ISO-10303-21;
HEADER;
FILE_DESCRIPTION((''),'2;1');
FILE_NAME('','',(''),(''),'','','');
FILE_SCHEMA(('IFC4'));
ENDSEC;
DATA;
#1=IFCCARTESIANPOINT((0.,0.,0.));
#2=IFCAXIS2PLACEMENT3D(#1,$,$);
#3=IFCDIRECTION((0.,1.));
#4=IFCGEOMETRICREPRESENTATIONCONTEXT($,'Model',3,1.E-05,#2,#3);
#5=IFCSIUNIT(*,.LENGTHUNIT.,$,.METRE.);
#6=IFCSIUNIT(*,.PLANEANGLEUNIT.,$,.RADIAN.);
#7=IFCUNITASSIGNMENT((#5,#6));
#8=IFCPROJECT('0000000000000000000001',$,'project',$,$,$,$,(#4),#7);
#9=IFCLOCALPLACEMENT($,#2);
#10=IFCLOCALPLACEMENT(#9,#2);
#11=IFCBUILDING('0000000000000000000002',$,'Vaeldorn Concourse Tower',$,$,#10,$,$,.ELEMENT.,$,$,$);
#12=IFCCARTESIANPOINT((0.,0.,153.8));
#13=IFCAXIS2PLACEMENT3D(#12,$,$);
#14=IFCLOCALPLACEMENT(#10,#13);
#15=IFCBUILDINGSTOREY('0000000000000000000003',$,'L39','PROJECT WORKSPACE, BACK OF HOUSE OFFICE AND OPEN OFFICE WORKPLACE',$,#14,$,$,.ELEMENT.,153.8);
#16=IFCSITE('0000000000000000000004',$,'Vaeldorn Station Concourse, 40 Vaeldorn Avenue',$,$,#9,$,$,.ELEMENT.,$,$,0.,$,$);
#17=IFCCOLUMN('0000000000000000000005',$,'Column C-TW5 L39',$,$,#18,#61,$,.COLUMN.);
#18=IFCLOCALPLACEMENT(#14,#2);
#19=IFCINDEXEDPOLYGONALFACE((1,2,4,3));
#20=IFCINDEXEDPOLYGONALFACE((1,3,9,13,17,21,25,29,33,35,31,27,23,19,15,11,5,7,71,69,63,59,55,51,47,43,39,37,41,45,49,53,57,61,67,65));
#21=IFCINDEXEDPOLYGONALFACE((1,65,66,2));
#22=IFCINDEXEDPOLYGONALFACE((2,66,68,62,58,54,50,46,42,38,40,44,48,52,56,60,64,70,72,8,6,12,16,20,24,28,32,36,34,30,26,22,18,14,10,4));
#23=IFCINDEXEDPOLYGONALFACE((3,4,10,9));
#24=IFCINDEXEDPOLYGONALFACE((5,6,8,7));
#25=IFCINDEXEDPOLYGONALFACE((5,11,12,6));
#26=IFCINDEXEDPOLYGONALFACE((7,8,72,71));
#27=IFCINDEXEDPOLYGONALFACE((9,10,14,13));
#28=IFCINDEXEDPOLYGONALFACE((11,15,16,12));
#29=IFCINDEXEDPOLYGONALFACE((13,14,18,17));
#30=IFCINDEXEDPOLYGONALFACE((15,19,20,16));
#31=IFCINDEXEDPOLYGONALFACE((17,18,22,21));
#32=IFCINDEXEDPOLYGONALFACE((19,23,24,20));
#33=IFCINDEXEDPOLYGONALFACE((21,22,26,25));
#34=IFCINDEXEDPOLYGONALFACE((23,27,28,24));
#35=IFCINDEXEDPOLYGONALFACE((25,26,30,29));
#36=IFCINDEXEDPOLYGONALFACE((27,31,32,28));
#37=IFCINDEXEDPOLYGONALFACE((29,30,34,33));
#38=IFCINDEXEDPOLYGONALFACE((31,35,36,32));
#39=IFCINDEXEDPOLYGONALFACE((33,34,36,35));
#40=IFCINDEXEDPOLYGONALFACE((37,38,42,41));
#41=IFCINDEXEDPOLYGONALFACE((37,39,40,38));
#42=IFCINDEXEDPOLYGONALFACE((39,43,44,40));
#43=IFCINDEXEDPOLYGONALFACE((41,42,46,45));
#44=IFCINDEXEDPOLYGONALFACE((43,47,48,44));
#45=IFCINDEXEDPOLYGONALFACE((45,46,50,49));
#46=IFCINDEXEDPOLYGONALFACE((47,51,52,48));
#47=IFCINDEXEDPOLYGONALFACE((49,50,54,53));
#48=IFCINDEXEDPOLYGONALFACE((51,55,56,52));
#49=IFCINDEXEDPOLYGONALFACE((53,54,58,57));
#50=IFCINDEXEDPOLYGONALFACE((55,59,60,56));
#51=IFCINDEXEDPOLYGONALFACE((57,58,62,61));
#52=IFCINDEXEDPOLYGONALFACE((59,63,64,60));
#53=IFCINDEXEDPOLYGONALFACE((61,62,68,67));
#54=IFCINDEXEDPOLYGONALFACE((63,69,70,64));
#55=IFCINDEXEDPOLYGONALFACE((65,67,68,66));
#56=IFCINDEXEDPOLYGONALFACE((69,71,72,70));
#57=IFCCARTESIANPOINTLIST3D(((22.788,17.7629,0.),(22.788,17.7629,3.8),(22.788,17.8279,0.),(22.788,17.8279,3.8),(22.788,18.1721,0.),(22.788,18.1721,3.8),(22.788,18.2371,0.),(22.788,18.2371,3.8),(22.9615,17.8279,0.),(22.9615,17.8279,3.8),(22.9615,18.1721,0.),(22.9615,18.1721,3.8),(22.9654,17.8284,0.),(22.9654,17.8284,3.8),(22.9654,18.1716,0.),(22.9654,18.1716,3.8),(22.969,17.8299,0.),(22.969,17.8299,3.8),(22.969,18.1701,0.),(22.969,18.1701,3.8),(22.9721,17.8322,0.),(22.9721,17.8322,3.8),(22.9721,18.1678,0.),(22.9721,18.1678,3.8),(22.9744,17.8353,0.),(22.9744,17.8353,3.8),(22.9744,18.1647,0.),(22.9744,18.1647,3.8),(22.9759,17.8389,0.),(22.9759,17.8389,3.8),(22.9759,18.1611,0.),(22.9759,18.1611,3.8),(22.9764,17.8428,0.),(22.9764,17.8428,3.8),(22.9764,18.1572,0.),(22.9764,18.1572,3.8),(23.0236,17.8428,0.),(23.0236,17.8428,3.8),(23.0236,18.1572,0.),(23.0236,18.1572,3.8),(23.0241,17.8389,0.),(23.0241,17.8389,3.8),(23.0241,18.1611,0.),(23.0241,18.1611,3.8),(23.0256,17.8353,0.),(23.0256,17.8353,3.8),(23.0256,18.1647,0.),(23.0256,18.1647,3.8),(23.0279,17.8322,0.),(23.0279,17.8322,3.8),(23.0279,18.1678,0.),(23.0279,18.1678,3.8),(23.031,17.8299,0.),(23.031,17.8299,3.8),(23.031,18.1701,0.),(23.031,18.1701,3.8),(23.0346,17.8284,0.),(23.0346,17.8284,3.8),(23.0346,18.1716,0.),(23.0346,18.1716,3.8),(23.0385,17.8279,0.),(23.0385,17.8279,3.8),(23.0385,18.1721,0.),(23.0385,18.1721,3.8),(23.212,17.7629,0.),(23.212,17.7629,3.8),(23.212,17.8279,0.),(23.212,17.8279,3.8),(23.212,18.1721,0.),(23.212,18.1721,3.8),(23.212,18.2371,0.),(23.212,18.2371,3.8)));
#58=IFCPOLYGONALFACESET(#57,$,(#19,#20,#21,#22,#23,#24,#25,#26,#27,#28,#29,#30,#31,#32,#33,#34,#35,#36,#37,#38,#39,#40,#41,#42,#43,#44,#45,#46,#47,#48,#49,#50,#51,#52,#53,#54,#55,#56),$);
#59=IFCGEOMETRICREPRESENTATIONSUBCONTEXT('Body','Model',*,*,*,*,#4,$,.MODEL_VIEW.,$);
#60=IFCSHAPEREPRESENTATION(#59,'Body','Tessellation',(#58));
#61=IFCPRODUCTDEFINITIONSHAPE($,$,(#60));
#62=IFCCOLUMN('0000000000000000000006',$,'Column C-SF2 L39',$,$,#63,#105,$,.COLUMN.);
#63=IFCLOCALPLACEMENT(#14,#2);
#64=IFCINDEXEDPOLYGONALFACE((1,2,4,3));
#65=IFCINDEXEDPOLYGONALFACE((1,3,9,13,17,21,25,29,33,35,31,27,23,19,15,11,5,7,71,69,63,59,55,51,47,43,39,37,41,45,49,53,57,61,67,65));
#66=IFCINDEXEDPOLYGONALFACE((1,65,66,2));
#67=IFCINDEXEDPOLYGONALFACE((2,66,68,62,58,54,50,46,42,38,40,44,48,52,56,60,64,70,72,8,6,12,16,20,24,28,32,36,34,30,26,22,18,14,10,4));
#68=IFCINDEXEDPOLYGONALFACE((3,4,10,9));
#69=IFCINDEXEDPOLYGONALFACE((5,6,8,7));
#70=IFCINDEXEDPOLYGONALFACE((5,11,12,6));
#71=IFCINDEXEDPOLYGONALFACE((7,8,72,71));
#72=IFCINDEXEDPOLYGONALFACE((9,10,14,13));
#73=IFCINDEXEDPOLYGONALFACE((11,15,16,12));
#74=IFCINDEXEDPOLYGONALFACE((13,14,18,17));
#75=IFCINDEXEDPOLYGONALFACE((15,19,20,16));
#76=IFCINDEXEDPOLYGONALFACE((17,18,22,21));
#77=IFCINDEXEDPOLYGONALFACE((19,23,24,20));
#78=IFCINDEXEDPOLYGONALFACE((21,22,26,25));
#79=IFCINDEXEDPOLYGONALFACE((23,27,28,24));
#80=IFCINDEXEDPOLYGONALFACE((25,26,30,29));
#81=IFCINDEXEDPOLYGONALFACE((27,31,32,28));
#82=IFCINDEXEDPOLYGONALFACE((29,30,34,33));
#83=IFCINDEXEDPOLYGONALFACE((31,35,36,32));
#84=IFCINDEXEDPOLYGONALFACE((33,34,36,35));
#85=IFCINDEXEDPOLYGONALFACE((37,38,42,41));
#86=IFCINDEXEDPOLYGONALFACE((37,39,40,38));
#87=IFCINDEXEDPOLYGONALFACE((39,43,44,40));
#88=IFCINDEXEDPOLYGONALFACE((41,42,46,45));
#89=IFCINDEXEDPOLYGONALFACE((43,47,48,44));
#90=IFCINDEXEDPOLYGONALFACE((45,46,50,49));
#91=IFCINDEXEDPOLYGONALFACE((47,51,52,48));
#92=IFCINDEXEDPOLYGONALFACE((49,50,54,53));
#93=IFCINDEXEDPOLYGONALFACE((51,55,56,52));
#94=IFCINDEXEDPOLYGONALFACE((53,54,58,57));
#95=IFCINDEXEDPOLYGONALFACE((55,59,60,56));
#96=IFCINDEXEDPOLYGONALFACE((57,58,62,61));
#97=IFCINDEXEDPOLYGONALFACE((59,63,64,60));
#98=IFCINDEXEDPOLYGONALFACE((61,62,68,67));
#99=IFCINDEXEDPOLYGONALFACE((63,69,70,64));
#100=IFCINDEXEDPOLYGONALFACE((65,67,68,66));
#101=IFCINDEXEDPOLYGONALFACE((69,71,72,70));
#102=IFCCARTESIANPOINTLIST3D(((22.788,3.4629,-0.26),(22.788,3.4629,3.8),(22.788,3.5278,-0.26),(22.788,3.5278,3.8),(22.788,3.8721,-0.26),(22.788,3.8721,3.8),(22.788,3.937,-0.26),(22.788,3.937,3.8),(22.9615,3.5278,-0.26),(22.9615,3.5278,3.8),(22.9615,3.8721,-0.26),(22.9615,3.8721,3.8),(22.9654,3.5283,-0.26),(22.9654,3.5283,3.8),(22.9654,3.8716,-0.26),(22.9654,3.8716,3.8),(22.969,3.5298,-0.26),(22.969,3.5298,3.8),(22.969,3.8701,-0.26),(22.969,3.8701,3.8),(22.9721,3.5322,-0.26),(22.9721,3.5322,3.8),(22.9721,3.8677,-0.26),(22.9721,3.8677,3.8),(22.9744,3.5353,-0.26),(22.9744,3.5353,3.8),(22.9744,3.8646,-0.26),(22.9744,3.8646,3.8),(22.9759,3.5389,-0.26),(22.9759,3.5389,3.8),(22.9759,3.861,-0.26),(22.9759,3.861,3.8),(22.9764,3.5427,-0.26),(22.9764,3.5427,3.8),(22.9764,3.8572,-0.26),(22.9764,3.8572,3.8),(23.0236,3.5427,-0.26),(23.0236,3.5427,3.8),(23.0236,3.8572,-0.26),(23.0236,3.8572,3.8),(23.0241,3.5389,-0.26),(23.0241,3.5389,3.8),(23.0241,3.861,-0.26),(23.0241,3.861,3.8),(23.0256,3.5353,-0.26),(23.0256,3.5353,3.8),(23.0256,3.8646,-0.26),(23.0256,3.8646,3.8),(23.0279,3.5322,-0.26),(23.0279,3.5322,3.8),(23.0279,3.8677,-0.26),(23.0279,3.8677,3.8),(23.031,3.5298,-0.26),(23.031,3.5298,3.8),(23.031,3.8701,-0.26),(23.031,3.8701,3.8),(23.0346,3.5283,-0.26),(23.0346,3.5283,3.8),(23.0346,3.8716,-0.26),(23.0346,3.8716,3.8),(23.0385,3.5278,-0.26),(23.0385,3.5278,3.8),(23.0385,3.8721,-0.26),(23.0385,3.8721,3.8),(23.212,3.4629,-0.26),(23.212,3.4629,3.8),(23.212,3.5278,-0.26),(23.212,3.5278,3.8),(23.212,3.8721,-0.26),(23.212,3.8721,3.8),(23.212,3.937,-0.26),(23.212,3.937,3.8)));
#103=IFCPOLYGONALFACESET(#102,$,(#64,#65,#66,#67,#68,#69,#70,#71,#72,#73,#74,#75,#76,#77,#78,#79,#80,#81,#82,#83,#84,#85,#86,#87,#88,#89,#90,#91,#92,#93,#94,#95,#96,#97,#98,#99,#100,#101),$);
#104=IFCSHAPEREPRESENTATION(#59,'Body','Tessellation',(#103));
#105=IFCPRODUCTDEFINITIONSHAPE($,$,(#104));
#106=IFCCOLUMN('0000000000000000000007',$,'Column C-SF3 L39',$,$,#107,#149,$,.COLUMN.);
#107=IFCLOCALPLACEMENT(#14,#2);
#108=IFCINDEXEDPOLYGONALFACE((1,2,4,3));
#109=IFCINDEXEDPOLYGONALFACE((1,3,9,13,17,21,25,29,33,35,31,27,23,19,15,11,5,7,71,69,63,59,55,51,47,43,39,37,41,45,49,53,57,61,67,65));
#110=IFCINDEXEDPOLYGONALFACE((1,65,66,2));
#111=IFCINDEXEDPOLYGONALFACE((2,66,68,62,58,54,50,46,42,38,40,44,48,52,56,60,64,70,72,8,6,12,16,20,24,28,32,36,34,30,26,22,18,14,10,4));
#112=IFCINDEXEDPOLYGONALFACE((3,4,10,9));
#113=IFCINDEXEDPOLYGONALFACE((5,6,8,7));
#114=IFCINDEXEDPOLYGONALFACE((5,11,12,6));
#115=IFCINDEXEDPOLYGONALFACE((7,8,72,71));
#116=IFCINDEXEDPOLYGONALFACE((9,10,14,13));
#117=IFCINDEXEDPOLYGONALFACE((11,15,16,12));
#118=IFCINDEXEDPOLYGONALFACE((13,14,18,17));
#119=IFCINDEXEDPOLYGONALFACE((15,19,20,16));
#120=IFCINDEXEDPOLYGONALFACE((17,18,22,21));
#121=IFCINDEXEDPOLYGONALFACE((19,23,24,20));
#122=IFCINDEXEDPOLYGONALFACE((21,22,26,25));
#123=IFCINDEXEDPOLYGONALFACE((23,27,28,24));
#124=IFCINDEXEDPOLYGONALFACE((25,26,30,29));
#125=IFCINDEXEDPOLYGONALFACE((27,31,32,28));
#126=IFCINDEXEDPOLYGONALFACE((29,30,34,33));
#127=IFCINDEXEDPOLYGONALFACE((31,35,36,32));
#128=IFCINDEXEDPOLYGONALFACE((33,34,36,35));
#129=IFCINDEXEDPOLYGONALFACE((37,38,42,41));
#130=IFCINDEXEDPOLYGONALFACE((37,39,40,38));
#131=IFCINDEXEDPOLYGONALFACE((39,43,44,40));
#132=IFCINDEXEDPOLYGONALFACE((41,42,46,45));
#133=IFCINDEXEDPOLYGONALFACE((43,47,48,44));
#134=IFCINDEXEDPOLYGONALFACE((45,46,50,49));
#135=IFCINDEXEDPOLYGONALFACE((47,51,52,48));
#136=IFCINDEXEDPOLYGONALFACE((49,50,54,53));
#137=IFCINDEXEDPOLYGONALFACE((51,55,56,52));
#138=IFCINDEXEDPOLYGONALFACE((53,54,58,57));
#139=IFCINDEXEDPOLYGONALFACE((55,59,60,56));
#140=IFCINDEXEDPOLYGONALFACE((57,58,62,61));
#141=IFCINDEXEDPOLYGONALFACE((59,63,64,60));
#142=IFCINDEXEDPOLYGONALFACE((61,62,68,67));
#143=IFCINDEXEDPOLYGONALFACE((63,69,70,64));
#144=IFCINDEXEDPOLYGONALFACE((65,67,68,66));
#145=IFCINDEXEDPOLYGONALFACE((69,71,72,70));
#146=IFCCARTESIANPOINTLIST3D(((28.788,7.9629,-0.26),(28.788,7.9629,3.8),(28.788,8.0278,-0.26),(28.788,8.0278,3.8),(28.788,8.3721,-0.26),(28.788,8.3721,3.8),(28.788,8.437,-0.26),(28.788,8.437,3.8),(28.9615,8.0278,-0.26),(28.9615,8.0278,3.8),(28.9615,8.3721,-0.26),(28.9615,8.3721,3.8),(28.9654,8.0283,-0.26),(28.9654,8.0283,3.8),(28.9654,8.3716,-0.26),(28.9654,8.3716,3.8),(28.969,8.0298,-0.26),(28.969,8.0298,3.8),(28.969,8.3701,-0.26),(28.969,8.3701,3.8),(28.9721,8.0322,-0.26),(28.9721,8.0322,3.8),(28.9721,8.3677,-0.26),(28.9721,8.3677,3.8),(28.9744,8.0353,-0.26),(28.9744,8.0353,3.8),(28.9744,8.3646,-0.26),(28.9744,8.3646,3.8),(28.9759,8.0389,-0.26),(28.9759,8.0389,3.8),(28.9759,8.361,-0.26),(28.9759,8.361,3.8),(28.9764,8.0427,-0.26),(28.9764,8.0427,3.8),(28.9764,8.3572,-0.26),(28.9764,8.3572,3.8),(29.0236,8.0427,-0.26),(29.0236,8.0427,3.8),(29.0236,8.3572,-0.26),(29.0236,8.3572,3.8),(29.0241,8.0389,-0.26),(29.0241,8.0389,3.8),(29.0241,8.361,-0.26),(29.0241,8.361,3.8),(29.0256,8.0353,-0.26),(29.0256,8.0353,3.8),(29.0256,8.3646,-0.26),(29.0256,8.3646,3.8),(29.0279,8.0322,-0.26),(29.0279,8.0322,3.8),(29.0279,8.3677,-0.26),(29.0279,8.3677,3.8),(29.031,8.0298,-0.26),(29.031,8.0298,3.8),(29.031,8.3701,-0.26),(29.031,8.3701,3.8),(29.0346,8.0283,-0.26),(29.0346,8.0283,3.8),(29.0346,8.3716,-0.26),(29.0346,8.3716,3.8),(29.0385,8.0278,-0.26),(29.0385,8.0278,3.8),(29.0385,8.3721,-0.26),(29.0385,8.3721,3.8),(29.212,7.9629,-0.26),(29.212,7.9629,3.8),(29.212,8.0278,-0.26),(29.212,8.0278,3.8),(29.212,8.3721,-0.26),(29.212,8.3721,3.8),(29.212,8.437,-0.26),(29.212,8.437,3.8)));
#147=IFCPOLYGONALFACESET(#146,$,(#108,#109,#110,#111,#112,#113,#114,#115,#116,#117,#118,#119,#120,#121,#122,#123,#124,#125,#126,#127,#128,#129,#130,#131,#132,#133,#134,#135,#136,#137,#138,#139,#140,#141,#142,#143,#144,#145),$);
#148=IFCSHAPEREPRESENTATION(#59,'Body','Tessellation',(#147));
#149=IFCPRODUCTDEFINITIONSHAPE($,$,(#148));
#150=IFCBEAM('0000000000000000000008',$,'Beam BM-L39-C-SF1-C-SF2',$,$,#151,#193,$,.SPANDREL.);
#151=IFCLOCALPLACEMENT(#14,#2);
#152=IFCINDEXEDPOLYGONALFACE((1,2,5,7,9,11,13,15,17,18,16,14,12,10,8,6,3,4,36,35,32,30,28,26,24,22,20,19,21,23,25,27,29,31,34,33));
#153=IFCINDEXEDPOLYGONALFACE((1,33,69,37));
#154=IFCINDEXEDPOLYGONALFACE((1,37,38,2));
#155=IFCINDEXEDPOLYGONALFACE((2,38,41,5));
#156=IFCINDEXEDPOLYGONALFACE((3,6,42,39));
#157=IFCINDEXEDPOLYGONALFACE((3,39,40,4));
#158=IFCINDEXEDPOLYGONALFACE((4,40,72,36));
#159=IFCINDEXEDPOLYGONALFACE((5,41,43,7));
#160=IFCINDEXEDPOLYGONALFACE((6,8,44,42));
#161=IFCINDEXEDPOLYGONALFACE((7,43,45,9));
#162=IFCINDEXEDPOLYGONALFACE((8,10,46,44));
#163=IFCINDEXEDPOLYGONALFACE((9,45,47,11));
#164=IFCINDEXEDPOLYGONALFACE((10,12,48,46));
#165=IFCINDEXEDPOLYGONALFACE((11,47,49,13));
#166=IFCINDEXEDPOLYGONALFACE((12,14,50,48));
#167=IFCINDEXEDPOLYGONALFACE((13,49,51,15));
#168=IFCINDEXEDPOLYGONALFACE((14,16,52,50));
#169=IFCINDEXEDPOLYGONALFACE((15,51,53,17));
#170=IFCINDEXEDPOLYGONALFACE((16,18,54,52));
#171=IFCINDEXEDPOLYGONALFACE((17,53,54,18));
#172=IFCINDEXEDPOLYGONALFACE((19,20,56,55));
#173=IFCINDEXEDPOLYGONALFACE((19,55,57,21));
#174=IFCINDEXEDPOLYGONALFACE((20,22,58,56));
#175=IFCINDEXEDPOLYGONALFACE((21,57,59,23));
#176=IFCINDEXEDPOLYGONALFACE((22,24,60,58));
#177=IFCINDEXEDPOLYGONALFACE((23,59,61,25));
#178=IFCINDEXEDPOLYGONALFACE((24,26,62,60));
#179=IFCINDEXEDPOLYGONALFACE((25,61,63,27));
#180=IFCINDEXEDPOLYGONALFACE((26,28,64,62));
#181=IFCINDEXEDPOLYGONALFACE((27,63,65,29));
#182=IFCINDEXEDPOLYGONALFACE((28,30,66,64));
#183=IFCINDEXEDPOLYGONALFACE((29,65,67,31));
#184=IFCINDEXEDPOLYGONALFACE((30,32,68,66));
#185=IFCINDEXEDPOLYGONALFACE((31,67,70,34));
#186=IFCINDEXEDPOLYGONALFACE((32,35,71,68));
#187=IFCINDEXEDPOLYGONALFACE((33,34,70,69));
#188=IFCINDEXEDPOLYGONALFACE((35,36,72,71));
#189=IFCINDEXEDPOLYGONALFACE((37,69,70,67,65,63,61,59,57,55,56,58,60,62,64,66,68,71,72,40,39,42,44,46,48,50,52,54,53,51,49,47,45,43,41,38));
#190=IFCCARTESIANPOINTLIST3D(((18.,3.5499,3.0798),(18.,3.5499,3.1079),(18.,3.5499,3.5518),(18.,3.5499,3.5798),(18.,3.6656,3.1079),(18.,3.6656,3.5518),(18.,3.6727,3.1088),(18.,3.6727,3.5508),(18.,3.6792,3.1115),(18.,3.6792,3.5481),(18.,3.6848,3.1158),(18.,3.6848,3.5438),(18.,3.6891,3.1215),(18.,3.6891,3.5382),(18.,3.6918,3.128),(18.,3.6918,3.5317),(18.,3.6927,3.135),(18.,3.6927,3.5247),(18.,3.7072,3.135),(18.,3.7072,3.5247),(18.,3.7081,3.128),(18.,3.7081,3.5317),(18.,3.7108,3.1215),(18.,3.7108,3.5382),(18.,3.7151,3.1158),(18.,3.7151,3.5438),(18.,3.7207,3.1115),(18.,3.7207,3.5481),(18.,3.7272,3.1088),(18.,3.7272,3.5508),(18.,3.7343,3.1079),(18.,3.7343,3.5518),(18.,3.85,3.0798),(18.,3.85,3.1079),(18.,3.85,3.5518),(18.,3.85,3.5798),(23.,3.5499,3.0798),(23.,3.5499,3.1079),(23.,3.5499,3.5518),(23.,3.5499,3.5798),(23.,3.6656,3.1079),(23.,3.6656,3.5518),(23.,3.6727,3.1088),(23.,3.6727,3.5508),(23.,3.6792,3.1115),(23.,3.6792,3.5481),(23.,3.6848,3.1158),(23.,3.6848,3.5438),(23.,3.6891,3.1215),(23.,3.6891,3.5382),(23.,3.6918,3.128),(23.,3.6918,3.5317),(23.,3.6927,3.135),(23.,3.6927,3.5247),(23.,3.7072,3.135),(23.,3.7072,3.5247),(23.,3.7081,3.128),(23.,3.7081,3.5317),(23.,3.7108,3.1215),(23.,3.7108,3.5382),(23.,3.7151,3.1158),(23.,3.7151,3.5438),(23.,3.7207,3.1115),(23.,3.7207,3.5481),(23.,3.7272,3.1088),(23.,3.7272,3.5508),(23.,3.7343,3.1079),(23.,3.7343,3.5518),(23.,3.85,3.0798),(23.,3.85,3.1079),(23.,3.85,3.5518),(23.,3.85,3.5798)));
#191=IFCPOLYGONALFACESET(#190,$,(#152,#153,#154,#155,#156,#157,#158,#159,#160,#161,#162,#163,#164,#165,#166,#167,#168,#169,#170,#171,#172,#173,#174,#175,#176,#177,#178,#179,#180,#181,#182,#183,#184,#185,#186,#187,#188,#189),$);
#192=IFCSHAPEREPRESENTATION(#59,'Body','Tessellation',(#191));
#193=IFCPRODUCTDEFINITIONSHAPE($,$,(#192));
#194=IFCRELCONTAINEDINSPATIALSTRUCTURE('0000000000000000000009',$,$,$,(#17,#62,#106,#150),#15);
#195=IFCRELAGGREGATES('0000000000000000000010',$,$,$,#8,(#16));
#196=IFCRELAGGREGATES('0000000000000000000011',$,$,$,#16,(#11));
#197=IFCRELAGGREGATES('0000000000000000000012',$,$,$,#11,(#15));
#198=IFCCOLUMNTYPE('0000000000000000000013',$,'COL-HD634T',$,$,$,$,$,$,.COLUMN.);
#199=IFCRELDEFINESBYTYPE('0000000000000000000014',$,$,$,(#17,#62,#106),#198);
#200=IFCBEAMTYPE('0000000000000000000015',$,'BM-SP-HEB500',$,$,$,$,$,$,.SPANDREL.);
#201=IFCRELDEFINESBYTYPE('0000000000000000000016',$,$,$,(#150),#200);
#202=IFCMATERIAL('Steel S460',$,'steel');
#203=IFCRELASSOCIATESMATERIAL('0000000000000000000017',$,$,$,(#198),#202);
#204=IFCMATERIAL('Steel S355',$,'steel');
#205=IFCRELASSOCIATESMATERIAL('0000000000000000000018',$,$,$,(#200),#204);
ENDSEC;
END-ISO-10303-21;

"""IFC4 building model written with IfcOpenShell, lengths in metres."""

from ifc_helpers import new_model, si_unit, direction, frame, origin, origin_2d, place, context, subcontext, project, spatial, i_section, extrude, source, transform, mapped, material, material_profile, profile_set, type_object, element, save


model = new_model("IFC4")

# Units and contexts
model_context = context("Model", 3, precision=1e-05, world=origin(), true_north=direction((0.0, 1.0)))
body_context = subcontext(model_context, "Body", "Model", "MODEL_VIEW")
ifc_project = project(units=[si_unit("LENGTHUNIT", "METRE"), si_unit("PLANEANGLEUNIT", "RADIAN")], contexts=[model_context])

# Site, building, storey
site_placement = place(None, origin())
site = spatial("IfcSite", under=ifc_project, at=site_placement, Name="Vaeldorn Station Concourse, 40 Vaeldorn Avenue", CompositionType="ELEMENT", RefElevation=0.0)
building_placement = place(site_placement, origin())
building = spatial("IfcBuilding", under=site, at=building_placement, Name="Vaeldorn Concourse Tower", CompositionType="ELEMENT")
storey_placement = place(building_placement, frame((0.0, 0.0, 153.8)))
storey = spatial("IfcBuildingStorey", under=building, at=storey_placement, Name="L39", Description="PROJECT WORKSPACE, BACK OF HOUSE OFFICE AND OPEN OFFICE WORKPLACE", CompositionType="ELEMENT", Elevation=153.8)

# Columns
ifc_material_1 = material(Name="Steel S460", Category="steel")
ifc_material_profile_1 = material_profile(ifc_material_1, i_section(OverallWidth=0.4241, OverallDepth=0.4741, WebThickness=0.0471, FlangeThickness=0.0649, FilletRadius=0.0149, at=origin_2d()), Name="HD 400x634")
ifc_profile_set_1 = profile_set([ifc_material_profile_1], Name="Steel S460")
column_type = type_object("IfcColumnType", Name="COL-HD634T", PredefinedType="COLUMN", material=ifc_profile_set_1)
shared_shape_1 = source(origin(), body_context, "Body", "SweptSolid", [
    extrude(i_section(OverallWidth=0.4241, OverallDepth=0.4741, WebThickness=0.0471, FlangeThickness=0.0649, FilletRadius=0.0149, at=origin_2d()), origin(), (0.0, 0.0, 1.0), 3.8),
])
column_placement = place(storey_placement, frame((23.0, 18.0, 0.0), z_axis=(0.0, 0.0, 1.0), x_axis=(1.0, 0.0, 0.0)))
element("IfcColumn", 1, at=column_placement, inside=storey, type_object=column_type, Name="Column C-TW5 L39", PredefinedType="COLUMN", context=body_context, shape_type="MappedRepresentation", body=[
    mapped(shared_shape_1, transform((0.0, 0.0, 0.0), scale=1.0)),
])
shared_shape_2 = source(origin(), body_context, "Body", "SweptSolid", [
    extrude(i_section(OverallWidth=0.4241, OverallDepth=0.4741, WebThickness=0.0471, FlangeThickness=0.0649, FilletRadius=0.0149, at=origin_2d()), origin(), (0.0, 0.0, 1.0), 4.0601),
])
for number, where, z_axis, x_axis, name in (
    (2, (23.0, 3.7, -0.26), (0.0, 0.0, 1.0), (1.0, 0.0, 0.0), "Column C-SF2 L39"),
    (3, (29.0, 8.2, -0.26), (0.0, 0.0, 1.0), (1.0, 0.0, 0.0), "Column C-SF3 L39"),
):
    element("IfcColumn", number, at=place(storey_placement, frame(where, z_axis=z_axis, x_axis=x_axis)), inside=storey, type_object=column_type, Name=name, PredefinedType="COLUMN", context=body_context, shape_type="MappedRepresentation", body=[
        mapped(shared_shape_2, transform((0.0, 0.0, 0.0), scale=1.0)),
    ])

# Beam
ifc_material_2 = material(Name="Steel S355", Category="steel")
ifc_material_profile_2 = material_profile(ifc_material_2, i_section(OverallWidth=0.3, OverallDepth=0.5, WebThickness=0.0144, FlangeThickness=0.0281, FilletRadius=0.0271, at=origin_2d()), Name="HEB 500")
ifc_profile_set_2 = profile_set([ifc_material_profile_2], Name="Steel S355")
beam_type_1 = type_object("IfcBeamType", Name="BM-SP-HEB500", PredefinedType="SPANDREL", material=ifc_profile_set_2)
shared_shape_3 = source(origin(), body_context, "Body", "SweptSolid", [
    extrude(i_section(OverallWidth=0.3, OverallDepth=0.5, WebThickness=0.0144, FlangeThickness=0.0281, FilletRadius=0.0271, at=origin_2d()), origin(), (0.0, 0.0, 1.0), 5.0),
])
beam_1_placement = place(storey_placement, frame((18.0, 3.7, 3.3298), z_axis=(1.0, 0.0, 0.0), x_axis=(0.0, 1.0, 0.0)))
element("IfcBeam", 4, at=beam_1_placement, inside=storey, type_object=beam_type_1, Name="Beam BM-L39-C-SF1-C-SF2", PredefinedType="SPANDREL", context=body_context, shape_type="MappedRepresentation", body=[
    mapped(shared_shape_3, transform((0.0, 0.0, 0.0), scale=1.0)),
])

save(model, "model.ifc")
